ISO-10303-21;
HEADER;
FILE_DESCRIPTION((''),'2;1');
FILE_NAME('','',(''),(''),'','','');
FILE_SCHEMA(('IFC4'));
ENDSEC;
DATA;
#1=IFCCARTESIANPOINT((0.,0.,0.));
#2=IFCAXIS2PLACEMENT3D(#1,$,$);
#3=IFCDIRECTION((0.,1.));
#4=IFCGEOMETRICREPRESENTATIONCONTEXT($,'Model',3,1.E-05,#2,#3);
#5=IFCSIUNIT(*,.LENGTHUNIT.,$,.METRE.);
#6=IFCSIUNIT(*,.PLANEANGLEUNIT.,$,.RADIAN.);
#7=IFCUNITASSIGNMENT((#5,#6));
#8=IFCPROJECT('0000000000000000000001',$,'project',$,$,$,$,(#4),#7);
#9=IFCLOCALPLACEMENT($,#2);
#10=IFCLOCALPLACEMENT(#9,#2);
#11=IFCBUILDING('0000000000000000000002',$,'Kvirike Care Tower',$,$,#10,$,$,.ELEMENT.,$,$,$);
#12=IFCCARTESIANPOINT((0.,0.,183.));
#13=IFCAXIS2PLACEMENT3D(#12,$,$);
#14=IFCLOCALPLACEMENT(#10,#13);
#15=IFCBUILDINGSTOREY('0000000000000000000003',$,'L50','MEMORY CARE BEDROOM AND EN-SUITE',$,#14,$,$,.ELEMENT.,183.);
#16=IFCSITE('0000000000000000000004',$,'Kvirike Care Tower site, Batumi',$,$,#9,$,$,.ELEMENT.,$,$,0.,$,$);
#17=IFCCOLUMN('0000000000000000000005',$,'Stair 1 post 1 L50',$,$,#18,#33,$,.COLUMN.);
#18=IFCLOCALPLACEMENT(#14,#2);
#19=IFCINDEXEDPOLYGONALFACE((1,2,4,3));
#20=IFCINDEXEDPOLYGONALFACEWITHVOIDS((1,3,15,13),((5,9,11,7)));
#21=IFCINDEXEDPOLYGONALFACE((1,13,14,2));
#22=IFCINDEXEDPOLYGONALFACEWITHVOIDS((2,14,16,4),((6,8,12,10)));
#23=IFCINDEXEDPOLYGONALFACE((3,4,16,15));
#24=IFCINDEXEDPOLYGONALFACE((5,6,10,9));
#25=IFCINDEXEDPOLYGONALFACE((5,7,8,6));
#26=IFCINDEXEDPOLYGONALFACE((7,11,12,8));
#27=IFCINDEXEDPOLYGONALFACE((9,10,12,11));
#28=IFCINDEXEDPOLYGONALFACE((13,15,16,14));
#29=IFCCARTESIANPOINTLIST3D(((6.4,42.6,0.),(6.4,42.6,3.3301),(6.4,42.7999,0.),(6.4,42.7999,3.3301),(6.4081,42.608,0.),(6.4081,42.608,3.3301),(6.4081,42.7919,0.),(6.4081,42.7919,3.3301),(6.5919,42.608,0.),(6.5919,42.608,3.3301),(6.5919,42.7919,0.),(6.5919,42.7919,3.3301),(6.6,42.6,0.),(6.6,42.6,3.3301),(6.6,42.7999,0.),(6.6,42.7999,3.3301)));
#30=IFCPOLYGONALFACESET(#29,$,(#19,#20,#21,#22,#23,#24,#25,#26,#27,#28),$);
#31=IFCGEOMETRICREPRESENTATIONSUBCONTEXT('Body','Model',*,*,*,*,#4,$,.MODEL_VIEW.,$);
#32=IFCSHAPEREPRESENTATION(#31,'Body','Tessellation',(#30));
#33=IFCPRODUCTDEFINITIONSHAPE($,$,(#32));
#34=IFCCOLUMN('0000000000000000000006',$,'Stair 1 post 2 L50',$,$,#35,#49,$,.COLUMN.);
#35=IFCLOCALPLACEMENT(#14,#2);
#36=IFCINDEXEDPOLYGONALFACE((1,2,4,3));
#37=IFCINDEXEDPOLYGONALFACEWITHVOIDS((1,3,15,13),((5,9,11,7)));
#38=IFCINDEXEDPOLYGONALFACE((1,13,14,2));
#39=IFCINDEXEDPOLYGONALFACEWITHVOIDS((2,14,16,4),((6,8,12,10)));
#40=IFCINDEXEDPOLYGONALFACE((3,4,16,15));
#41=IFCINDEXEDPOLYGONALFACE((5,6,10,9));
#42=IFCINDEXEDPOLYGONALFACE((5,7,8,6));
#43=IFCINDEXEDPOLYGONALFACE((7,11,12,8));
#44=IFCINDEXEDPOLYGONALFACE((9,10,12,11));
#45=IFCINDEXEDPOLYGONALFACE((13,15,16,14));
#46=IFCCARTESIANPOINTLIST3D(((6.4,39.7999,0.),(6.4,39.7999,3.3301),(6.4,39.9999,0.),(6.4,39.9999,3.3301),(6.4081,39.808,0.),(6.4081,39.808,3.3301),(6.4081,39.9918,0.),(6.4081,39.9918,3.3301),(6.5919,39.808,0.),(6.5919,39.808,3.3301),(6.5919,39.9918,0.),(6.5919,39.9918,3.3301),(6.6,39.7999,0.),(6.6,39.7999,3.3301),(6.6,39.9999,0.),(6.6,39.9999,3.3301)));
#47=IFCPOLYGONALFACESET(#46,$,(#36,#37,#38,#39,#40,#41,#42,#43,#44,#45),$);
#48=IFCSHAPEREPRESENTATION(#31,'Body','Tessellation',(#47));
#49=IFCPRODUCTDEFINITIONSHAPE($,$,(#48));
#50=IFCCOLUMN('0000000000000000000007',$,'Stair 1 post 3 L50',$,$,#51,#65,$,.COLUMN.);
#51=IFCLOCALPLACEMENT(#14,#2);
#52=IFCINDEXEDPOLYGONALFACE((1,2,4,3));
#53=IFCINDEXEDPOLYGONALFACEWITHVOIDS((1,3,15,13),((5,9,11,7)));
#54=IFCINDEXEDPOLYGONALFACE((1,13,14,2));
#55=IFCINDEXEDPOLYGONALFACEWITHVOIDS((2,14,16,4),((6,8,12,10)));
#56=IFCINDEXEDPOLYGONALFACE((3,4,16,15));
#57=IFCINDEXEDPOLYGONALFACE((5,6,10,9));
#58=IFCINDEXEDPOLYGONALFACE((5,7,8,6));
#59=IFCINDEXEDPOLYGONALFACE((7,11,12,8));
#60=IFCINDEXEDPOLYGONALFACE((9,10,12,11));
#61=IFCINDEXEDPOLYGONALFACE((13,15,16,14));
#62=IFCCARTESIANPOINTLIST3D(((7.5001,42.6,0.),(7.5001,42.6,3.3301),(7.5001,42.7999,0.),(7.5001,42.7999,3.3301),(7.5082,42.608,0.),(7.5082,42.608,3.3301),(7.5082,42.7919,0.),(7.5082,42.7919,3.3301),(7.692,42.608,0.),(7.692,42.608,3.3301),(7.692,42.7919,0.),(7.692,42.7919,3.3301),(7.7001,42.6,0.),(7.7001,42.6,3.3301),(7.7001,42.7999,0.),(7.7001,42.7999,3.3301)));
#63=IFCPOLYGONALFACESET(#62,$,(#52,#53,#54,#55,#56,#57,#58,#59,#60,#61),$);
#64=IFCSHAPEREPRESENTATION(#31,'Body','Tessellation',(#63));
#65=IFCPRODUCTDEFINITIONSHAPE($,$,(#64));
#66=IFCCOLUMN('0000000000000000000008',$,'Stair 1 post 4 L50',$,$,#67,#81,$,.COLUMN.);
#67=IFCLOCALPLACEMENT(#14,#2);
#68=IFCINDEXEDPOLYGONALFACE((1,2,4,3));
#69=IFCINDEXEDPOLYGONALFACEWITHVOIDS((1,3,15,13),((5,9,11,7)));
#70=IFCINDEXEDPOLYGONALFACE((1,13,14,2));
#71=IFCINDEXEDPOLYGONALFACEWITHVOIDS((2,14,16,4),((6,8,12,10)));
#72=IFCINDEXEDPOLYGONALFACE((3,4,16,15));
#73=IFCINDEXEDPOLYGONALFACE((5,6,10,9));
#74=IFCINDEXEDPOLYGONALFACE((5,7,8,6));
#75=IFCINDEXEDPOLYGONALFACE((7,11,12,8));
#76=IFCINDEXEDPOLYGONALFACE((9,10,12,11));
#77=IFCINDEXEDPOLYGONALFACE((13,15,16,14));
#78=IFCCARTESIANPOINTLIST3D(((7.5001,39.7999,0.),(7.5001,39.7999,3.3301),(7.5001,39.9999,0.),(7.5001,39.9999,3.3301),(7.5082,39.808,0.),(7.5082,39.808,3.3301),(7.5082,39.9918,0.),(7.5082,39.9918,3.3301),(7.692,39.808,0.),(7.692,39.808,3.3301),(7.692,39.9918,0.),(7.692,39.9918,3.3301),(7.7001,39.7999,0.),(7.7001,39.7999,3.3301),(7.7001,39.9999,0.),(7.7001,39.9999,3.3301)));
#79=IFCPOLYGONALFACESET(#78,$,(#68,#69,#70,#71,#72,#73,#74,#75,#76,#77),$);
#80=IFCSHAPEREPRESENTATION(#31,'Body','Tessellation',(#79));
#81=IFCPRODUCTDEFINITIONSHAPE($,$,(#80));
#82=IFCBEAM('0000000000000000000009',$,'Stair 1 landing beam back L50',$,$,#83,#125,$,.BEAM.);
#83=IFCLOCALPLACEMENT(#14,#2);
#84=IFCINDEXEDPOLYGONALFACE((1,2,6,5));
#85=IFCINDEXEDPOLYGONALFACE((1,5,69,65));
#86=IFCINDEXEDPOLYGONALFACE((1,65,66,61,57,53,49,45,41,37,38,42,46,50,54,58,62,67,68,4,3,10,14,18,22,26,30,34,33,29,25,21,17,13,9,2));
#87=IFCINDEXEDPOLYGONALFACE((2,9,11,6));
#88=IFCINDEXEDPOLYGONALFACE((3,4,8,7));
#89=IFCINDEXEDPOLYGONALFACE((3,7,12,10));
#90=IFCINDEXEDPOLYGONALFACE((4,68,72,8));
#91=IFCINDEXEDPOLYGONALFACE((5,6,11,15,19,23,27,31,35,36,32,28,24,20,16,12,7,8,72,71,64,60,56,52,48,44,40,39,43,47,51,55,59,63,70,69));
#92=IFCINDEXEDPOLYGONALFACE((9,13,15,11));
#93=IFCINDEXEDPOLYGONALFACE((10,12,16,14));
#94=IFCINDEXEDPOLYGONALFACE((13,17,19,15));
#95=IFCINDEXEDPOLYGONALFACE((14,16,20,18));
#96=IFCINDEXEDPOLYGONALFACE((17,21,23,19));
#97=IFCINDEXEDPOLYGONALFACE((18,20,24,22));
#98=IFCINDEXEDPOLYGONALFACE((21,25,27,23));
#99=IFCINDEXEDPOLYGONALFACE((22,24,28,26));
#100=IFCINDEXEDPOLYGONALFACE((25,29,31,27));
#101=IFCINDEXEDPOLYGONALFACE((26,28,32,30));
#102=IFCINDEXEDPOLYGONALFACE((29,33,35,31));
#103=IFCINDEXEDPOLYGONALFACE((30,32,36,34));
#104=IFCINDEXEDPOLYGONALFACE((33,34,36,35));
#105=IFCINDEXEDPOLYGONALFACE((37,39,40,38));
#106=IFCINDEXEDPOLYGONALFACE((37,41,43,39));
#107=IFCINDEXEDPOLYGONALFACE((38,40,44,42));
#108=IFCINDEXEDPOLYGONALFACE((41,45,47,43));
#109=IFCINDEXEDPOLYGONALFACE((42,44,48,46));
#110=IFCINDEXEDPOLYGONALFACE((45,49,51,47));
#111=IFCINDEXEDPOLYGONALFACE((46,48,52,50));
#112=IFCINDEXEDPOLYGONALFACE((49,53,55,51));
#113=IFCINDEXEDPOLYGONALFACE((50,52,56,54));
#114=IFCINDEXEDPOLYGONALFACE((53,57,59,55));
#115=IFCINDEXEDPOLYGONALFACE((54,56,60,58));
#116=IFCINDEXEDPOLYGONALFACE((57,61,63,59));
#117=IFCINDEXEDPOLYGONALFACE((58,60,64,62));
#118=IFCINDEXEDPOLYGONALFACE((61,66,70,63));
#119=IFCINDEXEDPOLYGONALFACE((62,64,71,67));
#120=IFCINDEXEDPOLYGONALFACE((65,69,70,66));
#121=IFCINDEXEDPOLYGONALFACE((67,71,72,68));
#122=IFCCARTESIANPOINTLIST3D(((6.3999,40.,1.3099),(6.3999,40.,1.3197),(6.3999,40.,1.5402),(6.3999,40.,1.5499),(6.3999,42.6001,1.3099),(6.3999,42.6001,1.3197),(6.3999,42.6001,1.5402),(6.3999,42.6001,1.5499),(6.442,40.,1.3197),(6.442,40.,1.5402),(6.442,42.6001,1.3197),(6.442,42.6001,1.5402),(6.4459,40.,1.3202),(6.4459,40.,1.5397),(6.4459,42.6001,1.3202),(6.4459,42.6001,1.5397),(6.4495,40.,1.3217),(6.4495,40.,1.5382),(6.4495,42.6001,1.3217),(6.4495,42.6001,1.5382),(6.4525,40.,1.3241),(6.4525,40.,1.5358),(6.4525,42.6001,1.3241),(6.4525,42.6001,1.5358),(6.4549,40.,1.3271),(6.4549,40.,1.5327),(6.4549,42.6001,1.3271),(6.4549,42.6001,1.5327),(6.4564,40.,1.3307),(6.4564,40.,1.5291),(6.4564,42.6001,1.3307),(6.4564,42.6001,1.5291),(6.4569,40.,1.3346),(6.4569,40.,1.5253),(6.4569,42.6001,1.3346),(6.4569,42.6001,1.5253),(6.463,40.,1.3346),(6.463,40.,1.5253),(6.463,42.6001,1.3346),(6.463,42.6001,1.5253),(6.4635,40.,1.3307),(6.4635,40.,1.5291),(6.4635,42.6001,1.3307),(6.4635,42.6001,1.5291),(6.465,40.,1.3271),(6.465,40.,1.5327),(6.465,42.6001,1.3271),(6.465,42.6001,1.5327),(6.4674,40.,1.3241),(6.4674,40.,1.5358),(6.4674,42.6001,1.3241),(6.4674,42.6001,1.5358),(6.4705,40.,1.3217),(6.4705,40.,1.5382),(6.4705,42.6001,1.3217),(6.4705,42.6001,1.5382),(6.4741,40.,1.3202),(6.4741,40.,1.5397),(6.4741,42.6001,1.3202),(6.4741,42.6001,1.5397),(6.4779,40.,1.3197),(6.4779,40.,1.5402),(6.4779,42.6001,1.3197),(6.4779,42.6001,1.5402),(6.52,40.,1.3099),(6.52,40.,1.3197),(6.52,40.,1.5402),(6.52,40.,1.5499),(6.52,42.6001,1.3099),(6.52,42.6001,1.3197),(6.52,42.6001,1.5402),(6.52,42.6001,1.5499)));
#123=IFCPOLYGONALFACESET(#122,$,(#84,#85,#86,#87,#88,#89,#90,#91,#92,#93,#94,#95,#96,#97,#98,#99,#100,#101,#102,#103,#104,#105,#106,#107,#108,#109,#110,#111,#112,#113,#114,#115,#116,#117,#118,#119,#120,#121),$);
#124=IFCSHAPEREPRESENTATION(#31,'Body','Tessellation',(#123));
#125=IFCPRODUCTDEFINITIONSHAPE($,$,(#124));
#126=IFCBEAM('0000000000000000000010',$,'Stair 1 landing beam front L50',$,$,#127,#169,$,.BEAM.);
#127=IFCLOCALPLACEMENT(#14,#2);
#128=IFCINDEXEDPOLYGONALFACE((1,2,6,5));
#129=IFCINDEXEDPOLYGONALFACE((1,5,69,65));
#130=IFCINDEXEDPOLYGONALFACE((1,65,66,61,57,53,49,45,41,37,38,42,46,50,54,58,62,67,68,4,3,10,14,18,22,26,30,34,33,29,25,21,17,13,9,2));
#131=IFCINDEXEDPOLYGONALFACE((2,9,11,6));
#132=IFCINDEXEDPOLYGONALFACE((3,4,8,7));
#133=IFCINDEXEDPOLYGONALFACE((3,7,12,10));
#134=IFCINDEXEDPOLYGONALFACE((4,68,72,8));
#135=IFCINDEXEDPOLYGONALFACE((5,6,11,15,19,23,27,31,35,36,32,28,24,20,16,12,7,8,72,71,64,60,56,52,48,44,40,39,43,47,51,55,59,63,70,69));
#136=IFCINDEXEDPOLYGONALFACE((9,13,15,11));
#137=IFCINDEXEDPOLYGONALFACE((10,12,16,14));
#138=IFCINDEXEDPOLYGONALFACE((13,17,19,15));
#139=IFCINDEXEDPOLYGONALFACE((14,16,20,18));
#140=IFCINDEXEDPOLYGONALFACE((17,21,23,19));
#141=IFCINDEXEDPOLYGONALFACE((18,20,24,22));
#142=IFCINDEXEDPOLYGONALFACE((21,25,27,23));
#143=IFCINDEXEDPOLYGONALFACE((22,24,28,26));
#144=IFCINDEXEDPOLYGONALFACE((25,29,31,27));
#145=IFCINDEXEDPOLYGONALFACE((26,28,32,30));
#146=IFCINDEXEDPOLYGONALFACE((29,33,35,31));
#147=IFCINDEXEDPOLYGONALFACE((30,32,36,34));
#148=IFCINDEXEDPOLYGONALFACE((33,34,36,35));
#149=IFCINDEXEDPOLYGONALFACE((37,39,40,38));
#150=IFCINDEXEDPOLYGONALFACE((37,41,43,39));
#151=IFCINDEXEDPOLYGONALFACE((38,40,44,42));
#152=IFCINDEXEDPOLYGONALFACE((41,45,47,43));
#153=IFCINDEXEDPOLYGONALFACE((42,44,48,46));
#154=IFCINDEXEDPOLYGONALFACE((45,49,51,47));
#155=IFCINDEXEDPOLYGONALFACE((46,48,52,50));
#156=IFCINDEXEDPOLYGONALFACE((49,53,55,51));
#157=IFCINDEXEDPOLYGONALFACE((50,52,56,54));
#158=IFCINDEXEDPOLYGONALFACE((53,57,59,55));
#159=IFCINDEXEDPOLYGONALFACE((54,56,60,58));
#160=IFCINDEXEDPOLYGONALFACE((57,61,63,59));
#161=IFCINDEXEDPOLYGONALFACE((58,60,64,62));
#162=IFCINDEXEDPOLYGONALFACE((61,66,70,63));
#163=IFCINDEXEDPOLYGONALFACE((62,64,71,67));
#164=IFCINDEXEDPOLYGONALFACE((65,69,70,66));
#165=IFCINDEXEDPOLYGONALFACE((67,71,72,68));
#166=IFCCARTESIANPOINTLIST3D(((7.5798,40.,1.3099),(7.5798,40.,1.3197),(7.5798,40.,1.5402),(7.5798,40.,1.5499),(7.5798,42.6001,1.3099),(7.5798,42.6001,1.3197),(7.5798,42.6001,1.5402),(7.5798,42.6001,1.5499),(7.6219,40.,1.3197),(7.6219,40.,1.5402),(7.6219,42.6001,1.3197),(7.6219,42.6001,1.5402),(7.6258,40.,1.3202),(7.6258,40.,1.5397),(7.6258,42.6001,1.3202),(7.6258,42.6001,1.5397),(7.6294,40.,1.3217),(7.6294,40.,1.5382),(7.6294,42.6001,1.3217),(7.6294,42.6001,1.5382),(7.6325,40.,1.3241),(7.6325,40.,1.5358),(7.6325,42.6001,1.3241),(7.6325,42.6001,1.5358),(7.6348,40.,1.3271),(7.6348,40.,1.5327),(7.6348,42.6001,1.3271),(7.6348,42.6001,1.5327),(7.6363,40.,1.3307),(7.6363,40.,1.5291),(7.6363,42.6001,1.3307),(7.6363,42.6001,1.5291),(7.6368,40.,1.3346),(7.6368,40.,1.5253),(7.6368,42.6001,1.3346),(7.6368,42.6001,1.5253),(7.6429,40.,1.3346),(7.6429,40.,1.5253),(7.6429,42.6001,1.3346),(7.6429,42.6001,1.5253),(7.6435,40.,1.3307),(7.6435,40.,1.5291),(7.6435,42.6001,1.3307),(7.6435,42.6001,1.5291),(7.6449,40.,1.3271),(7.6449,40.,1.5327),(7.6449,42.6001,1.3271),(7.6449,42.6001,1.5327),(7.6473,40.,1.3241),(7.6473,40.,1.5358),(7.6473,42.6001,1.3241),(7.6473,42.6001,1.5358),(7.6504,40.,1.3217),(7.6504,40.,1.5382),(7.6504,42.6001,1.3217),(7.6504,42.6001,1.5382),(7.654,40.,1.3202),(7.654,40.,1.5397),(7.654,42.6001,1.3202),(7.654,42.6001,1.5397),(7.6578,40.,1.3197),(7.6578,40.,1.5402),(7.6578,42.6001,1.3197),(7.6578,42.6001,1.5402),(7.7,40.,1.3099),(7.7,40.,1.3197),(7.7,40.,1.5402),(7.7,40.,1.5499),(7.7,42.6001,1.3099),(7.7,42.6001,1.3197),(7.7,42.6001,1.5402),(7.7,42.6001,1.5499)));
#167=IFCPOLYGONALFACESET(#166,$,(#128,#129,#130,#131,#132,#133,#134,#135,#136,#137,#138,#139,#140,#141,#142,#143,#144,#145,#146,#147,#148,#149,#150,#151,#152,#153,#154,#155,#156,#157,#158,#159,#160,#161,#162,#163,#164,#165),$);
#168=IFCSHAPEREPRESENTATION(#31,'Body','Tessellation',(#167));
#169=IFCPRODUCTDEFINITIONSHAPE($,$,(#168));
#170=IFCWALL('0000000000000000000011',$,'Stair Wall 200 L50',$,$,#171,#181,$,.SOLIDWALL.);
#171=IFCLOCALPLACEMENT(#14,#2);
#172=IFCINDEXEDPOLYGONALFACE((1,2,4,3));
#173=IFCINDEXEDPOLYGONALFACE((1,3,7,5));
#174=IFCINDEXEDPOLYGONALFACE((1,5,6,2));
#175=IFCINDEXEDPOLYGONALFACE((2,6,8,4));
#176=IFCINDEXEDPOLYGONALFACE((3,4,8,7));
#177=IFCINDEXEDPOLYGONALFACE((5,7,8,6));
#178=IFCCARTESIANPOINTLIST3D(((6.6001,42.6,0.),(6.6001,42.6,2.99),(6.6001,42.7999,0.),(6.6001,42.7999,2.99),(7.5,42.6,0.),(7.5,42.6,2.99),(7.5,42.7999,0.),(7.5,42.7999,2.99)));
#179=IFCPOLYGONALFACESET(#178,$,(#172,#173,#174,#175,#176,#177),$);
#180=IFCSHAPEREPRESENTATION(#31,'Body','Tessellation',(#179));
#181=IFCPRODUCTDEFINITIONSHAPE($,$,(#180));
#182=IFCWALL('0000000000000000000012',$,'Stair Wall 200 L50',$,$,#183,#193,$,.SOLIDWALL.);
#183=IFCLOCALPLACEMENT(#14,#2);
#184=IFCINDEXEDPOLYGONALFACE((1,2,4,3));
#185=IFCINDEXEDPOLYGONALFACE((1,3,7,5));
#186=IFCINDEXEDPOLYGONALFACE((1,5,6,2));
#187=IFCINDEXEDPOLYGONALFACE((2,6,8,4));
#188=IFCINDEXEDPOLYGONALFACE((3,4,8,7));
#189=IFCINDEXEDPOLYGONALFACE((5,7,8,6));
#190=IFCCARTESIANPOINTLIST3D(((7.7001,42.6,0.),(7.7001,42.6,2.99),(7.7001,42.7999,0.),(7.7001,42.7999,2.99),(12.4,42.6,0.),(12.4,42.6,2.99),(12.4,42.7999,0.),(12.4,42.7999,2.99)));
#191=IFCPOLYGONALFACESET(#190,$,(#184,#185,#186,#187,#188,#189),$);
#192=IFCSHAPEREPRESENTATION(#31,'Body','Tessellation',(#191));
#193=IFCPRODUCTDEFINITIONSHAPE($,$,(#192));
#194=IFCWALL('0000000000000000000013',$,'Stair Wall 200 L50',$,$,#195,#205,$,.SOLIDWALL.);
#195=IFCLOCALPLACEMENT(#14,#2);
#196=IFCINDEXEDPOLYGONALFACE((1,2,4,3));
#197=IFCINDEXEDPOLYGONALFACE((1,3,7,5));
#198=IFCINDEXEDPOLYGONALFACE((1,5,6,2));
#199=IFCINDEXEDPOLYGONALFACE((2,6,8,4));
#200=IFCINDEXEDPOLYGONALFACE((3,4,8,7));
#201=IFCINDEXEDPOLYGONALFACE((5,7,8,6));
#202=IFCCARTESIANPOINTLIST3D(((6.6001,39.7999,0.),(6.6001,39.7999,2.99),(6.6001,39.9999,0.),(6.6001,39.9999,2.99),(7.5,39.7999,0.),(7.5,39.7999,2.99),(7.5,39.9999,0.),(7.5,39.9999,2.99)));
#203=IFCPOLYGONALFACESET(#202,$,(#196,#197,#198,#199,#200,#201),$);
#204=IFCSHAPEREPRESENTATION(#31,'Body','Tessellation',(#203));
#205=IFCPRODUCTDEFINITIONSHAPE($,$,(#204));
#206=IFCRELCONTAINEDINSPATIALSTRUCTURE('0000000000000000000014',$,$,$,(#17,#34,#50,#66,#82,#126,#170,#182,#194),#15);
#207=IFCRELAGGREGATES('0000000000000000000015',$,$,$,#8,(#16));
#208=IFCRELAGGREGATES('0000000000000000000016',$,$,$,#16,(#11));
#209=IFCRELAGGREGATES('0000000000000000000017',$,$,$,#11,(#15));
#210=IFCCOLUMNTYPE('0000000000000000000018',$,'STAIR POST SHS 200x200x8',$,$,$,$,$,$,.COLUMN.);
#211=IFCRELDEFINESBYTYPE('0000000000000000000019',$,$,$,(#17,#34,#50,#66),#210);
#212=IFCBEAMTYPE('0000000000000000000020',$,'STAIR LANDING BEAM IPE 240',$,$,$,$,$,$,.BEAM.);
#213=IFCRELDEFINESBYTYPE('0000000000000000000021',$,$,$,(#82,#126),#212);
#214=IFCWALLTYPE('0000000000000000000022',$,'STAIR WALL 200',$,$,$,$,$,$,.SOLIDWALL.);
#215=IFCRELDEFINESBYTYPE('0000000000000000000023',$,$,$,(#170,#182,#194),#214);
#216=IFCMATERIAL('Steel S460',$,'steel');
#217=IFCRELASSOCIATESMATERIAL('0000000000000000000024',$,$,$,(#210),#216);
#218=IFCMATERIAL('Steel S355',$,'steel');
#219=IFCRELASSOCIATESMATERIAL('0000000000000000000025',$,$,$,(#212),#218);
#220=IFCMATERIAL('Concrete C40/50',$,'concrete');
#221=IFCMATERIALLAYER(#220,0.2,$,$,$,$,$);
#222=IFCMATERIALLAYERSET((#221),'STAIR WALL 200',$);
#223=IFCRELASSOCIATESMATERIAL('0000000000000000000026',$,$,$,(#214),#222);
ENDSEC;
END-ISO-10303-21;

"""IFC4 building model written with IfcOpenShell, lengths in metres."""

from ifc_helpers import new_model, si_unit, direction, frame, frame_2d, origin, origin_2d, place, context, subcontext, project, spatial, rectangle, hollow_rectangle, i_section, extrude, material, layer, layer_set, material_profile, profile_set, type_object, element, save


model = new_model("IFC4")

# Units and contexts
model_context = context("Model", 3, precision=1e-05, world=origin(), true_north=direction((0.0, 1.0)))
body_context = subcontext(model_context, "Body", "Model", "MODEL_VIEW")
ifc_project = project(units=[si_unit("LENGTHUNIT", "METRE"), si_unit("PLANEANGLEUNIT", "RADIAN")], contexts=[model_context])

# Site, building, storey
site_placement = place(None, origin())
site = spatial("IfcSite", under=ifc_project, at=site_placement, Name="Kvirike Care Tower site, Batumi", CompositionType="ELEMENT", RefElevation=0.0)
building_placement = place(site_placement, origin())
building = spatial("IfcBuilding", under=site, at=building_placement, Name="Kvirike Care Tower", CompositionType="ELEMENT")
storey_placement = place(building_placement, frame((0.0, 0.0, 183.0)))
storey = spatial("IfcBuildingStorey", under=building, at=storey_placement, Name="L50", Description="MEMORY CARE BEDROOM AND EN-SUITE", CompositionType="ELEMENT", Elevation=183.0)

# Columns
ifc_material_1 = material(Name="Steel S460", Category="steel")
ifc_material_profile_1 = material_profile(ifc_material_1, hollow_rectangle(XDim=0.2, YDim=0.2, WallThickness=0.0081, at=origin_2d()), Name="SHS 200x200x8")
ifc_profile_set_1 = profile_set([ifc_material_profile_1], Name="Steel S460")
column_type = type_object("IfcColumnType", Name="STAIR POST SHS 200x200x8", PredefinedType="COLUMN", material=ifc_profile_set_1)
for number, where, z_axis, x_axis, name in (
    (1, (6.5, 42.7, 0.0), (0.0, 0.0, 1.0), (1.0, 0.0, 0.0), "Stair 1 post 1 L50"),
    (2, (6.5, 39.8999, 0.0), (0.0, 0.0, 1.0), (1.0, 0.0, 0.0), "Stair 1 post 2 L50"),
    (3, (7.6001, 42.7, 0.0), (0.0, 0.0, 1.0), (1.0, 0.0, 0.0), "Stair 1 post 3 L50"),
    (4, (7.6001, 39.8999, 0.0), (0.0, 0.0, 1.0), (1.0, 0.0, 0.0), "Stair 1 post 4 L50"),
):
    element("IfcColumn", number, at=place(storey_placement, frame(where, z_axis=z_axis, x_axis=x_axis)), inside=storey, type_object=column_type, Name=name, PredefinedType="COLUMN", context=body_context, shape_type="SweptSolid", body=[
        extrude(hollow_rectangle(XDim=0.2, YDim=0.2, WallThickness=0.0081, at=origin_2d()), origin(), (0.0, 0.0, 1.0), 3.3301),
    ])

# Beams
ifc_material_2 = material(Name="Steel S355", Category="steel")
ifc_material_profile_2 = material_profile(ifc_material_2, i_section(OverallWidth=0.1201, OverallDepth=0.24, WebThickness=0.0061, FlangeThickness=0.0098, FilletRadius=0.0149, at=origin_2d()), Name="IPE 240")
ifc_profile_set_2 = profile_set([ifc_material_profile_2], Name="Steel S355")
beam_type = type_object("IfcBeamType", Name="STAIR LANDING BEAM IPE 240", PredefinedType="BEAM", material=ifc_profile_set_2)
for number, where, z_axis, x_axis, name in (
    (5, (6.46, 42.6001, 1.4299), (0.0, -1.0, 0.0), (1.0, 0.0, 0.0), "Stair 1 landing beam back L50"),
    (6, (7.6399, 42.6001, 1.4299), (0.0, -1.0, 0.0), (1.0, 0.0, 0.0), "Stair 1 landing beam front L50"),
):
    element("IfcBeam", number, at=place(storey_placement, frame(where, z_axis=z_axis, x_axis=x_axis)), inside=storey, type_object=beam_type, Name=name, PredefinedType="BEAM", context=body_context, shape_type="SweptSolid", body=[
        extrude(i_section(OverallWidth=0.1201, OverallDepth=0.24, WebThickness=0.0061, FlangeThickness=0.0098, FilletRadius=0.0149, at=origin_2d()), origin(), (0.0, 0.0, 1.0), 2.6001),
    ])

# Walls
ifc_material_3 = material(Name="Concrete C40/50", Category="concrete")
ifc_layer = layer(ifc_material_3, 0.2)
ifc_layer_set = layer_set([ifc_layer], Name="STAIR WALL 200")
wall_type = type_object("IfcWallType", Name="STAIR WALL 200", PredefinedType="SOLIDWALL", material=ifc_layer_set)
wall_1_placement = place(storey_placement, frame((6.6001, 42.7, 0.0), z_axis=(0.0, 0.0, 1.0), x_axis=(1.0, 0.0, 0.0)))
element("IfcWall", 7, at=wall_1_placement, inside=storey, type_object=wall_type, Name="Stair Wall 200 L50", PredefinedType="SOLIDWALL", context=body_context, shape_type="SweptSolid", body=[
    extrude(rectangle(XDim=0.8999, YDim=0.2, at=frame_2d((0.45, 0.0))), origin(), (0.0, 0.0, 1.0), 2.99),
])
wall_2_placement = place(storey_placement, frame((7.7, 42.7, 0.0), z_axis=(0.0, 0.0, 1.0), x_axis=(1.0, 0.0, 0.0)))
element("IfcWall", 8, at=wall_2_placement, inside=storey, type_object=wall_type, Name="Stair Wall 200 L50", PredefinedType="SOLIDWALL", context=body_context, shape_type="SweptSolid", body=[
    extrude(rectangle(XDim=4.7, YDim=0.2, at=frame_2d((2.3501, 0.0))), origin(), (0.0, 0.0, 1.0), 2.99),
])
wall_3_placement = place(storey_placement, frame((6.6001, 39.8999, 0.0), z_axis=(0.0, 0.0, 1.0), x_axis=(1.0, 0.0, 0.0)))
element("IfcWall", 9, at=wall_3_placement, inside=storey, type_object=wall_type, Name="Stair Wall 200 L50", PredefinedType="SOLIDWALL", context=body_context, shape_type="SweptSolid", body=[
    extrude(rectangle(XDim=0.8999, YDim=0.2, at=frame_2d((0.45, 0.0))), origin(), (0.0, 0.0, 1.0), 2.99),
])

save(model, "model.ifc")
